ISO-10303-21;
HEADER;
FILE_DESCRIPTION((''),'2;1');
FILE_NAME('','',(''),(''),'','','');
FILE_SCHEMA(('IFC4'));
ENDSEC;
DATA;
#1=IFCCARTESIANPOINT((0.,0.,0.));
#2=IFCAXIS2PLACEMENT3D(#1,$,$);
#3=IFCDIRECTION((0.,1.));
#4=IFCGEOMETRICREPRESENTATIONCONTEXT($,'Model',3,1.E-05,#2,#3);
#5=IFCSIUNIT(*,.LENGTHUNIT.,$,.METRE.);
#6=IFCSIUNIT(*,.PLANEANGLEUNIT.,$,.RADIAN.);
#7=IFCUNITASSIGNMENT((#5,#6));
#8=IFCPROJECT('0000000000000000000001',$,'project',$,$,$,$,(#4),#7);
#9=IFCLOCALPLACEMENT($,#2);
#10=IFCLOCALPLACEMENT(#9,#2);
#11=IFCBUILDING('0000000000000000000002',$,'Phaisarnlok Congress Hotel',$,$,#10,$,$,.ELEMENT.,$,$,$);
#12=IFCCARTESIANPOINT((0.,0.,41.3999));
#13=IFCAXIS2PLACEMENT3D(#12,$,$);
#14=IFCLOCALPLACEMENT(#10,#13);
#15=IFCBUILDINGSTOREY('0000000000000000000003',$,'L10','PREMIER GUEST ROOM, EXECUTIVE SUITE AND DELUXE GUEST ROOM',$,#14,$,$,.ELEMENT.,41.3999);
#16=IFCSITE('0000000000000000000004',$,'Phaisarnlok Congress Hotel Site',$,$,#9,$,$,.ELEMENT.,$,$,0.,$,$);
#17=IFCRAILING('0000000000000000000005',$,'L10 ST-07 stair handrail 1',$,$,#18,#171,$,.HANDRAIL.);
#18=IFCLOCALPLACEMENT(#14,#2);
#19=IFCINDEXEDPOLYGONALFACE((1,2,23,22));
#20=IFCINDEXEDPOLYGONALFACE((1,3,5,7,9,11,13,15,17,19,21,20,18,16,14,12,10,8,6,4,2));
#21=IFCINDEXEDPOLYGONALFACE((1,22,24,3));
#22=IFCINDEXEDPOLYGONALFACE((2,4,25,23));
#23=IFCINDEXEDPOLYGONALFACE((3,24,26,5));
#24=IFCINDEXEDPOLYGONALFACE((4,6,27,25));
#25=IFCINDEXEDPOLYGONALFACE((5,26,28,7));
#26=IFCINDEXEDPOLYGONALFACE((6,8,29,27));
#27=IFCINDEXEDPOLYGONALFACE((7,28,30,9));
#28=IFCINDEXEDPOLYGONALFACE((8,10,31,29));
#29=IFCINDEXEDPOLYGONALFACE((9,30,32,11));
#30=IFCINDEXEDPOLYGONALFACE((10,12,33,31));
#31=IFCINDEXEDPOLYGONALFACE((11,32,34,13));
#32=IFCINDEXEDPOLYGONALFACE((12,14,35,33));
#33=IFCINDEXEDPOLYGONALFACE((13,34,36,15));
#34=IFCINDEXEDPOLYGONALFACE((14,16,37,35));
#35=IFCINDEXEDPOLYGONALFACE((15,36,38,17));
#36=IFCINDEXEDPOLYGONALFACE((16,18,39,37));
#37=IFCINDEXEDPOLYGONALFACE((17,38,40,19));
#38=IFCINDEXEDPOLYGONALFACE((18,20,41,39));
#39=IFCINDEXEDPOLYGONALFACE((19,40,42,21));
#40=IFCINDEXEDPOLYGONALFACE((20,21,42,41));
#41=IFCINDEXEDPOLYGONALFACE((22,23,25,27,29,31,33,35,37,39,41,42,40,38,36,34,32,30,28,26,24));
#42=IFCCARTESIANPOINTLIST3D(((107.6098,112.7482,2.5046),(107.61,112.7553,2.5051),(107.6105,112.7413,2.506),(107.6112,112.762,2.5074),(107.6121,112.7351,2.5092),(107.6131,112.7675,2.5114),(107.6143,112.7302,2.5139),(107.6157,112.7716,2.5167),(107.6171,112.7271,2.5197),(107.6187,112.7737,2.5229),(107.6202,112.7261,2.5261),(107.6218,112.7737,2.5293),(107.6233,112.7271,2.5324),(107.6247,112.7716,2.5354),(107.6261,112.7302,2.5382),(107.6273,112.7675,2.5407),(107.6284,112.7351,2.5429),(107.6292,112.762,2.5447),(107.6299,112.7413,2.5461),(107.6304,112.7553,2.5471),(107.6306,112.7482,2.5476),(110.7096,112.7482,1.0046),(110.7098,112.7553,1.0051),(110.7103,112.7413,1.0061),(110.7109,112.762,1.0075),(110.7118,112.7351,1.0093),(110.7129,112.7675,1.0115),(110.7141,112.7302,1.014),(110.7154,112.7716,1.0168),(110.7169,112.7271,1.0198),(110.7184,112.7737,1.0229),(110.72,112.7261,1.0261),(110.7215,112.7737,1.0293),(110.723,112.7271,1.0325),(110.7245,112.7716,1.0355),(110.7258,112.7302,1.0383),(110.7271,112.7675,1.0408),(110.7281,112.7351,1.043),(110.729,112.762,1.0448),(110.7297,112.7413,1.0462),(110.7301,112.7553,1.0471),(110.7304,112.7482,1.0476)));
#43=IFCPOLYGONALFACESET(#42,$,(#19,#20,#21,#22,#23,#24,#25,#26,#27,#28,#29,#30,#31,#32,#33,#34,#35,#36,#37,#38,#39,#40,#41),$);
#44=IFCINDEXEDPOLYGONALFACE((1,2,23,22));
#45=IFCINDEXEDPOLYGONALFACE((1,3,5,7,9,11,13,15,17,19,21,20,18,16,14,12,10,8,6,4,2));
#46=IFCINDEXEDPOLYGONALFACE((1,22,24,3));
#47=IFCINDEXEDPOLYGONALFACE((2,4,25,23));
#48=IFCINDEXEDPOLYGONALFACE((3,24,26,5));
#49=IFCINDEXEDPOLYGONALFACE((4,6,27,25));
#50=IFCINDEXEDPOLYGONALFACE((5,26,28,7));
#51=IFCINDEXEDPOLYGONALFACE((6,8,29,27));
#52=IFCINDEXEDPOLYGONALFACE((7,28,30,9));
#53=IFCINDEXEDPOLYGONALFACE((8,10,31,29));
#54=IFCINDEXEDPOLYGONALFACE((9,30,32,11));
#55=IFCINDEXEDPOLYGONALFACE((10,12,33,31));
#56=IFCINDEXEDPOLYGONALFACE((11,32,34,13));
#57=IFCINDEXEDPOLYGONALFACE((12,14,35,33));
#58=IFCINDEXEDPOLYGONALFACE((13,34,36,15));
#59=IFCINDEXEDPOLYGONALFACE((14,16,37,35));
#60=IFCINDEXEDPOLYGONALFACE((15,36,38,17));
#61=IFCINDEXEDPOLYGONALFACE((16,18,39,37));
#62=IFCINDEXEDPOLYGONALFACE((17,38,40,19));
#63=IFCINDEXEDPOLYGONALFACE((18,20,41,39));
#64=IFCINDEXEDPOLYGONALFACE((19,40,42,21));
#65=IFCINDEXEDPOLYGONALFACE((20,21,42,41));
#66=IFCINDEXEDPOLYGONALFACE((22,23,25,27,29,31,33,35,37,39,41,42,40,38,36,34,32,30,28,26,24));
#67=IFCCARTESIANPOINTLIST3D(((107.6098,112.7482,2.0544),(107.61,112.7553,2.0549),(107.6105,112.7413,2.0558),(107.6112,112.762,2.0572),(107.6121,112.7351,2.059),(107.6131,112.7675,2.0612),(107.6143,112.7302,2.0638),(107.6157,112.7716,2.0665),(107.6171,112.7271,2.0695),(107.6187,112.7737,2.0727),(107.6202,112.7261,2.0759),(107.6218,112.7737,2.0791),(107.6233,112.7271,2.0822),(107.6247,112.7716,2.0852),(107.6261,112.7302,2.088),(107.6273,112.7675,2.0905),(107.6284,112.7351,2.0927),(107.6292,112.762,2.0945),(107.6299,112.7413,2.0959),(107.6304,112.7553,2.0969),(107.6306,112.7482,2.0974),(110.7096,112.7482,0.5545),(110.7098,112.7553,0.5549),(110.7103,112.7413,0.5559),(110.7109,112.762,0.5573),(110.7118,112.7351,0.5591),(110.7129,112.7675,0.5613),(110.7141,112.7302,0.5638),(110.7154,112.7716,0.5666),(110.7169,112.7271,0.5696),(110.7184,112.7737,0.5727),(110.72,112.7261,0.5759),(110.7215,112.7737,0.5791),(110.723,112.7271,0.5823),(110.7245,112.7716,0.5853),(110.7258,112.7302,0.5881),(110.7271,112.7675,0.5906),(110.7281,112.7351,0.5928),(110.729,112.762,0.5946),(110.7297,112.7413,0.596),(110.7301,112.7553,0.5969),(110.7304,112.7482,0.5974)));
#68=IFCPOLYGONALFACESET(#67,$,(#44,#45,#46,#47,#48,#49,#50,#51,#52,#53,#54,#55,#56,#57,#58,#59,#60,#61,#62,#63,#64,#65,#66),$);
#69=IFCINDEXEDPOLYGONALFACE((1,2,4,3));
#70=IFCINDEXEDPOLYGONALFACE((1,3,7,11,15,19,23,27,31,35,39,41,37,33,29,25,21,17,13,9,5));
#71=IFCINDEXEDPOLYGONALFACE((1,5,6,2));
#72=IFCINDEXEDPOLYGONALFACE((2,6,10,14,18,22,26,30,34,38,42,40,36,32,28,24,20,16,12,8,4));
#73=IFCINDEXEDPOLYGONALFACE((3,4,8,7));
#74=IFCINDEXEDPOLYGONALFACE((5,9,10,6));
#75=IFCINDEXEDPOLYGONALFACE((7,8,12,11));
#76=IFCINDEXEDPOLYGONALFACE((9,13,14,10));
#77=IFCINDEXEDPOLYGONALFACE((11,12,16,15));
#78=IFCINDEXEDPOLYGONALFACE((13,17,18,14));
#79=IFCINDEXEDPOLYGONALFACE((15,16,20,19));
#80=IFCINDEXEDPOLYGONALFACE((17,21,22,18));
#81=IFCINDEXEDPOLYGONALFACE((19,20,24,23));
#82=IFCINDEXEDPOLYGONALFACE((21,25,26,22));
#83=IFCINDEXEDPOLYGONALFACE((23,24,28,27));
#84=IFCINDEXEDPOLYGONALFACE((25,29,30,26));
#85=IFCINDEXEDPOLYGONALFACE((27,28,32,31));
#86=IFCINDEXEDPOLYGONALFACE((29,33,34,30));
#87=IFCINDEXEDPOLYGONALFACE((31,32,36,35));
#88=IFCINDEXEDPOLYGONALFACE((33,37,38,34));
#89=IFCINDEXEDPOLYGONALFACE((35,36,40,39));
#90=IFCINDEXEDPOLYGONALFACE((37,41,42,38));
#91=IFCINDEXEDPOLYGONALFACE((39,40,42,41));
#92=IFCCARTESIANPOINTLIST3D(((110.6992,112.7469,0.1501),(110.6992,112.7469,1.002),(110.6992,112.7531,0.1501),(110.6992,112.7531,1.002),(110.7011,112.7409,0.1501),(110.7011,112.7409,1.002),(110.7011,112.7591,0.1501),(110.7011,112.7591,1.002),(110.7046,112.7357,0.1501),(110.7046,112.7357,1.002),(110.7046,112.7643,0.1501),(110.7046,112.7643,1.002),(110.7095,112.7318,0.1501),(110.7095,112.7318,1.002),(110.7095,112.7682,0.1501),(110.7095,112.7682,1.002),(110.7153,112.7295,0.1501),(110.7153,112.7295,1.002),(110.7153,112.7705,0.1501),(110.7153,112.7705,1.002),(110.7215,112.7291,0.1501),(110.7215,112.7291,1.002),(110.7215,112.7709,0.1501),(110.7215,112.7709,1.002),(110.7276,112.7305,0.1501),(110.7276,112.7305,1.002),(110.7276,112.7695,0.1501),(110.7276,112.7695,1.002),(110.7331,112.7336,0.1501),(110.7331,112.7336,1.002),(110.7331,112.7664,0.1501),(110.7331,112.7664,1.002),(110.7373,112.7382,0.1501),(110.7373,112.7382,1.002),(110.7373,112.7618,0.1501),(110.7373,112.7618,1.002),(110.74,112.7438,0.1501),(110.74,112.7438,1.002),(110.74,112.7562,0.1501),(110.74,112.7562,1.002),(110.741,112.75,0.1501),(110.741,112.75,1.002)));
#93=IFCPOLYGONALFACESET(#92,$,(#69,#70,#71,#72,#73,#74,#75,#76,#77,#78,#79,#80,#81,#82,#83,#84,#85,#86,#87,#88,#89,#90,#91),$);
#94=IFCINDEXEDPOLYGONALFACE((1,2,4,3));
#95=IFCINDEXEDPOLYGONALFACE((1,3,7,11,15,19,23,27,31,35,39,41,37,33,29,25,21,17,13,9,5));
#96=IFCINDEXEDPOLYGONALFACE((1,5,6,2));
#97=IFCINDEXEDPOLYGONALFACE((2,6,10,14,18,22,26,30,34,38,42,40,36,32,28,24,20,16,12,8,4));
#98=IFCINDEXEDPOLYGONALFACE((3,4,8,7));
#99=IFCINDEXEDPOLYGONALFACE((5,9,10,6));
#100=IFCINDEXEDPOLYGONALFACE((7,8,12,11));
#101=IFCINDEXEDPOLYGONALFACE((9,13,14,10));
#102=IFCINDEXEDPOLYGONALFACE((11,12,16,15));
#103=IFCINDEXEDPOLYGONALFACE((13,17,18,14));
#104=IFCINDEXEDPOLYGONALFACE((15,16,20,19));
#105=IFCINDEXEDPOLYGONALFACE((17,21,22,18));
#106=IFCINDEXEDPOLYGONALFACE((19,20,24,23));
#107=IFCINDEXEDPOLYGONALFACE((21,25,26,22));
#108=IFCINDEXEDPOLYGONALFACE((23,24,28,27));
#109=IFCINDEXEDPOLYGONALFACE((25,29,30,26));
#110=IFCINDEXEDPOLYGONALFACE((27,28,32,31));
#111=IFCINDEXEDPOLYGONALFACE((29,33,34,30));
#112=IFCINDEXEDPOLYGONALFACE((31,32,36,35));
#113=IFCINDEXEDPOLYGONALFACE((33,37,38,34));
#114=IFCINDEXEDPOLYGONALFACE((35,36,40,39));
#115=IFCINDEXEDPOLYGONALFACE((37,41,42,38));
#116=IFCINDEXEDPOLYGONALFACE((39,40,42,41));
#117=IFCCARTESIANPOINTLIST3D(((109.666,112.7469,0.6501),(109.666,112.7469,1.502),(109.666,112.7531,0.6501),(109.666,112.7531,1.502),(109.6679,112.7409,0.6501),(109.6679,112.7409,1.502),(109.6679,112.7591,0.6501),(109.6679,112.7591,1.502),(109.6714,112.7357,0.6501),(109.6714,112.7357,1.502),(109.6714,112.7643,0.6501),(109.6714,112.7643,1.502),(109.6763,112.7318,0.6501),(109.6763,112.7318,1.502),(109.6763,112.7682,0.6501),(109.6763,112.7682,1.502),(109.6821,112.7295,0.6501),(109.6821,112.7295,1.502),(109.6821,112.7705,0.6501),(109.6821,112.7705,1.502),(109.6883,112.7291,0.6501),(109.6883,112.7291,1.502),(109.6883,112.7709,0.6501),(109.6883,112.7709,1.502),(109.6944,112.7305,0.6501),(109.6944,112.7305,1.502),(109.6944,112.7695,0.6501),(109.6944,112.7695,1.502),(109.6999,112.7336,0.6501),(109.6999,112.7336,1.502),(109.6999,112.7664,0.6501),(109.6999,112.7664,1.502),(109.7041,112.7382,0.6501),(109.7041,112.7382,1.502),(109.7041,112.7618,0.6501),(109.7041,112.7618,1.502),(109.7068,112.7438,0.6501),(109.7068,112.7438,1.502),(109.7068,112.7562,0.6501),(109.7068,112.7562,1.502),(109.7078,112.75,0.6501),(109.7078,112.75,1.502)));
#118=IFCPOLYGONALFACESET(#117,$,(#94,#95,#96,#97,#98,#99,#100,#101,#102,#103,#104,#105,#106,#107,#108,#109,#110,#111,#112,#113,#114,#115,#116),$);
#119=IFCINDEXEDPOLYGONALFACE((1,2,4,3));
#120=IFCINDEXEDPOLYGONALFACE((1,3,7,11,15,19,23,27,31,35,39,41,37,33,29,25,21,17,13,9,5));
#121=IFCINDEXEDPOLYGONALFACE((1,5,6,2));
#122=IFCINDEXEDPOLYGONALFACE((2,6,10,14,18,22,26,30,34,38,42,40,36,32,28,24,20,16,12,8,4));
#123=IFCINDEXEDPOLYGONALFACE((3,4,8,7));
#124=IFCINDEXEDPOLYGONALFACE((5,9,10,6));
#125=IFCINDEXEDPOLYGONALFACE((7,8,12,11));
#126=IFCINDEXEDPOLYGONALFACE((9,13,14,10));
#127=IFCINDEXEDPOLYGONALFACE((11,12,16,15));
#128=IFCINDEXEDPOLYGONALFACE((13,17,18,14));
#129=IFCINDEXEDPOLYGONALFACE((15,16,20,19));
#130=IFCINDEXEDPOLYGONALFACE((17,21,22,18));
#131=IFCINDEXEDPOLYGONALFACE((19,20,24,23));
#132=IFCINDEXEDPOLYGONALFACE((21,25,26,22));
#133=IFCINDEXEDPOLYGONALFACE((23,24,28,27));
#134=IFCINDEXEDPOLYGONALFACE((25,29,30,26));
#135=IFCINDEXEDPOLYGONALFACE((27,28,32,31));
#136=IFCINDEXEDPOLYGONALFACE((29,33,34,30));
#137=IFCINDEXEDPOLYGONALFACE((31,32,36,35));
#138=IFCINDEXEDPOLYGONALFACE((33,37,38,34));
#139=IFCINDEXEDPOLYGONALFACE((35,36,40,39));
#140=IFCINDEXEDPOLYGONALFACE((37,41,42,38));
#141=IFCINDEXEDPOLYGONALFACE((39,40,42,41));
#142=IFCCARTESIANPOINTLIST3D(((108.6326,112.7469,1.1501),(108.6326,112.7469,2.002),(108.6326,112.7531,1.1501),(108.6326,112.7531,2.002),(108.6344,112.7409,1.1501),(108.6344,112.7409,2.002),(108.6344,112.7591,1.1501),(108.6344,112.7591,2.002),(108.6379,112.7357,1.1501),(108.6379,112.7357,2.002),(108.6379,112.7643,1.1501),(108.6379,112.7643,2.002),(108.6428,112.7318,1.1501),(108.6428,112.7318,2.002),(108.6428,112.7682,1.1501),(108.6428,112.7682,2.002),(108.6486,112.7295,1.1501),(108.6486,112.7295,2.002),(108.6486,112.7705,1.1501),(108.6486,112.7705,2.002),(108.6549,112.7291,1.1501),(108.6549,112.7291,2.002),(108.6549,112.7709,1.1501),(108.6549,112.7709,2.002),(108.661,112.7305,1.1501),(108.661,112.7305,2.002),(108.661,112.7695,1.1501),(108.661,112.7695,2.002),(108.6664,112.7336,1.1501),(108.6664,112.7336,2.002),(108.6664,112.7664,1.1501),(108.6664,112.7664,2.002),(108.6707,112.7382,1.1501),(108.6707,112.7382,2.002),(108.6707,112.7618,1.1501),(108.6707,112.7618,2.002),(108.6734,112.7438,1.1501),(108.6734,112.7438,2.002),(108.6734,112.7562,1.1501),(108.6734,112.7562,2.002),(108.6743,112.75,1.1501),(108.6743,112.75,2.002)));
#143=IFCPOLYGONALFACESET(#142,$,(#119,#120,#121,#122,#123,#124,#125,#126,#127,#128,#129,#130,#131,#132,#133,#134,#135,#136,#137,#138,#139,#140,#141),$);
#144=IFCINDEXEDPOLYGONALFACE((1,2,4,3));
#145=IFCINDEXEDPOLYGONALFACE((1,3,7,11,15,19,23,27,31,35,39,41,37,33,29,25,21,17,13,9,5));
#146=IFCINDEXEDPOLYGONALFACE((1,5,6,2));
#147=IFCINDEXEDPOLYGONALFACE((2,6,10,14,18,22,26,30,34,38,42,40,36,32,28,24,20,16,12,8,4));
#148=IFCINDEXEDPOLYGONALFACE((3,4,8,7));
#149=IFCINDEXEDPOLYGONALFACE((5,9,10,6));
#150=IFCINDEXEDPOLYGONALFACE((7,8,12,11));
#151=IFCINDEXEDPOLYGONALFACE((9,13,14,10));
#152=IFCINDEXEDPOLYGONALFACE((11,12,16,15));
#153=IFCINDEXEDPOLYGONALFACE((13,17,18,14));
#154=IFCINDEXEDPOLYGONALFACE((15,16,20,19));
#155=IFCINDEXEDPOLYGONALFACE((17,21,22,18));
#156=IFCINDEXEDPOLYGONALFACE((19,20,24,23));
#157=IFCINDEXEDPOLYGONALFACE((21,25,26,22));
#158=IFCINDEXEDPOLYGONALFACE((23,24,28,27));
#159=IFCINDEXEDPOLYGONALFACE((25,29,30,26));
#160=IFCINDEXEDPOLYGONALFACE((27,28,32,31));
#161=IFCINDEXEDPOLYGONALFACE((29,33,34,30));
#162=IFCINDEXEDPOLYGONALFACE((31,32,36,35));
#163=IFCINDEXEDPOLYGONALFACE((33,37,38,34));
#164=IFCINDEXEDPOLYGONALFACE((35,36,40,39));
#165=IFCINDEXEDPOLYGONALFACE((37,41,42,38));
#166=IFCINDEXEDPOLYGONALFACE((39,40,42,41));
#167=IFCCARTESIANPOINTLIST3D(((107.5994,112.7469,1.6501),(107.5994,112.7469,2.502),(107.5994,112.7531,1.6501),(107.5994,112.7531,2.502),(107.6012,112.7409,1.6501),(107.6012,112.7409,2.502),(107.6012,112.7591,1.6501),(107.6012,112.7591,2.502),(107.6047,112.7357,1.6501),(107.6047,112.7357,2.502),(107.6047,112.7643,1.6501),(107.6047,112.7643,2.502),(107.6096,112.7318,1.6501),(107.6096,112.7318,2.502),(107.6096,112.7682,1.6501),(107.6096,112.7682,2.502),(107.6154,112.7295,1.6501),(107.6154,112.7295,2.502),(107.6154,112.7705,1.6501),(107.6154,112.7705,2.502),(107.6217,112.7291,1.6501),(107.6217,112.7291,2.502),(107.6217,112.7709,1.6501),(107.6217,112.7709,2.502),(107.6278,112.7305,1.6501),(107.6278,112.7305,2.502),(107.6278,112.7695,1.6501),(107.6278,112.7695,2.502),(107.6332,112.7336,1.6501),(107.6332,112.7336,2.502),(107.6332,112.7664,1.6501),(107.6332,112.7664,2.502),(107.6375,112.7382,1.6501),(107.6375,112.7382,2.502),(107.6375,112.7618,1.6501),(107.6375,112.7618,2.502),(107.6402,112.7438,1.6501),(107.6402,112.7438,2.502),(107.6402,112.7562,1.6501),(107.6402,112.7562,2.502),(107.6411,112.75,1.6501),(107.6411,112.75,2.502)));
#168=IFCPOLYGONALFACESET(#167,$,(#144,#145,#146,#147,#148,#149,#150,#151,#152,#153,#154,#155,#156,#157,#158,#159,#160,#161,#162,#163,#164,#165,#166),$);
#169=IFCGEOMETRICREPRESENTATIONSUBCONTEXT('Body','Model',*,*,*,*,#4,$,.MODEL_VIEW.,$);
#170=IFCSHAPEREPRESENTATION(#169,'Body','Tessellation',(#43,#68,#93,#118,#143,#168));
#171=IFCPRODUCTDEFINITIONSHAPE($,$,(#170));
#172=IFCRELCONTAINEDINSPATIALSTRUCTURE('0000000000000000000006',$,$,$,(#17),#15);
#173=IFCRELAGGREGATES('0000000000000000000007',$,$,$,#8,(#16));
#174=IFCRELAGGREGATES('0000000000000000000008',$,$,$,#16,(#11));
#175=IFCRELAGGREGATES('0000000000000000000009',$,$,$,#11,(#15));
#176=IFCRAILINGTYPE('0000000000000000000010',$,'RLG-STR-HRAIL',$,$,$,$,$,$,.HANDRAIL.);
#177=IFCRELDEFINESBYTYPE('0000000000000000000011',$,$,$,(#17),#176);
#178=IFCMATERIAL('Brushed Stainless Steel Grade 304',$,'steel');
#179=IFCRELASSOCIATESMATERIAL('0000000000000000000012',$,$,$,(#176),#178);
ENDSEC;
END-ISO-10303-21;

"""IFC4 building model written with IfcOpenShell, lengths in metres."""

from ifc_helpers import new_model, si_unit, direction, frame, origin, origin_2d, place, context, subcontext, project, spatial, circle, extrude, material, type_object, element, save


model = new_model("IFC4")

# Units and contexts
model_context = context("Model", 3, precision=1e-05, world=origin(), true_north=direction((0.0, 1.0)))
body_context = subcontext(model_context, "Body", "Model", "MODEL_VIEW")
ifc_project = project(units=[si_unit("LENGTHUNIT", "METRE"), si_unit("PLANEANGLEUNIT", "RADIAN")], contexts=[model_context])

# Site, building, storey
site_placement = place(None, origin())
site = spatial("IfcSite", under=ifc_project, at=site_placement, Name="Phaisarnlok Congress Hotel Site", CompositionType="ELEMENT", RefElevation=0.0)
building_placement = place(site_placement, origin())
building = spatial("IfcBuilding", under=site, at=building_placement, Name="Phaisarnlok Congress Hotel", CompositionType="ELEMENT")
storey_placement = place(building_placement, frame((0.0, 0.0, 41.3999)))
storey = spatial("IfcBuildingStorey", under=building, at=storey_placement, Name="L10", Description="PREMIER GUEST ROOM, EXECUTIVE SUITE AND DELUXE GUEST ROOM", CompositionType="ELEMENT", Elevation=41.3999)

# Railing
ifc_material_1 = material(Name="Brushed Stainless Steel Grade 304", Category="steel")
railing_type_1 = type_object("IfcRailingType", Name="RLG-STR-HRAIL", PredefinedType="HANDRAIL", material=ifc_material_1)
railing_1_placement = place(storey_placement, frame((110.72, 112.75, 0.1501)))
element("IfcRailing", 1, at=railing_1_placement, inside=storey, type_object=railing_type_1, Name="L10 ST-07 stair handrail 1", PredefinedType="HANDRAIL", context=body_context, shape_type="SweptSolid", body=[
    extrude(circle(Radius=0.0239, at=origin_2d()), frame((0.0, 0.0, 0.876), z_axis=(-0.900151, 0.0, 0.435578), x_axis=(0.0, -1.0, 0.0)), (0.0, 0.0, 1.0), 3.4436),
    extrude(circle(Radius=0.0239, at=origin_2d()), frame((0.0, 0.0, 0.4258), z_axis=(-0.900151, 0.0, 0.435578), x_axis=(0.0, -1.0, 0.0)), (0.0, 0.0, 1.0), 3.4436),
    extrude(circle(Radius=0.021, at=origin_2d()), origin(), (0.0, 0.0, 1.0), 0.8518),
    extrude(circle(Radius=0.021, at=origin_2d()), frame((-1.0332, 0.0, 0.5)), (0.0, 0.0, 1.0), 0.8518),
    extrude(circle(Radius=0.021, at=origin_2d()), frame((-2.0667, 0.0, 1.0)), (0.0, 0.0, 1.0), 0.8518),
    extrude(circle(Radius=0.021, at=origin_2d()), frame((-3.0999, 0.0, 1.5)), (0.0, 0.0, 1.0), 0.8518),
])

save(model, "model.ifc")
